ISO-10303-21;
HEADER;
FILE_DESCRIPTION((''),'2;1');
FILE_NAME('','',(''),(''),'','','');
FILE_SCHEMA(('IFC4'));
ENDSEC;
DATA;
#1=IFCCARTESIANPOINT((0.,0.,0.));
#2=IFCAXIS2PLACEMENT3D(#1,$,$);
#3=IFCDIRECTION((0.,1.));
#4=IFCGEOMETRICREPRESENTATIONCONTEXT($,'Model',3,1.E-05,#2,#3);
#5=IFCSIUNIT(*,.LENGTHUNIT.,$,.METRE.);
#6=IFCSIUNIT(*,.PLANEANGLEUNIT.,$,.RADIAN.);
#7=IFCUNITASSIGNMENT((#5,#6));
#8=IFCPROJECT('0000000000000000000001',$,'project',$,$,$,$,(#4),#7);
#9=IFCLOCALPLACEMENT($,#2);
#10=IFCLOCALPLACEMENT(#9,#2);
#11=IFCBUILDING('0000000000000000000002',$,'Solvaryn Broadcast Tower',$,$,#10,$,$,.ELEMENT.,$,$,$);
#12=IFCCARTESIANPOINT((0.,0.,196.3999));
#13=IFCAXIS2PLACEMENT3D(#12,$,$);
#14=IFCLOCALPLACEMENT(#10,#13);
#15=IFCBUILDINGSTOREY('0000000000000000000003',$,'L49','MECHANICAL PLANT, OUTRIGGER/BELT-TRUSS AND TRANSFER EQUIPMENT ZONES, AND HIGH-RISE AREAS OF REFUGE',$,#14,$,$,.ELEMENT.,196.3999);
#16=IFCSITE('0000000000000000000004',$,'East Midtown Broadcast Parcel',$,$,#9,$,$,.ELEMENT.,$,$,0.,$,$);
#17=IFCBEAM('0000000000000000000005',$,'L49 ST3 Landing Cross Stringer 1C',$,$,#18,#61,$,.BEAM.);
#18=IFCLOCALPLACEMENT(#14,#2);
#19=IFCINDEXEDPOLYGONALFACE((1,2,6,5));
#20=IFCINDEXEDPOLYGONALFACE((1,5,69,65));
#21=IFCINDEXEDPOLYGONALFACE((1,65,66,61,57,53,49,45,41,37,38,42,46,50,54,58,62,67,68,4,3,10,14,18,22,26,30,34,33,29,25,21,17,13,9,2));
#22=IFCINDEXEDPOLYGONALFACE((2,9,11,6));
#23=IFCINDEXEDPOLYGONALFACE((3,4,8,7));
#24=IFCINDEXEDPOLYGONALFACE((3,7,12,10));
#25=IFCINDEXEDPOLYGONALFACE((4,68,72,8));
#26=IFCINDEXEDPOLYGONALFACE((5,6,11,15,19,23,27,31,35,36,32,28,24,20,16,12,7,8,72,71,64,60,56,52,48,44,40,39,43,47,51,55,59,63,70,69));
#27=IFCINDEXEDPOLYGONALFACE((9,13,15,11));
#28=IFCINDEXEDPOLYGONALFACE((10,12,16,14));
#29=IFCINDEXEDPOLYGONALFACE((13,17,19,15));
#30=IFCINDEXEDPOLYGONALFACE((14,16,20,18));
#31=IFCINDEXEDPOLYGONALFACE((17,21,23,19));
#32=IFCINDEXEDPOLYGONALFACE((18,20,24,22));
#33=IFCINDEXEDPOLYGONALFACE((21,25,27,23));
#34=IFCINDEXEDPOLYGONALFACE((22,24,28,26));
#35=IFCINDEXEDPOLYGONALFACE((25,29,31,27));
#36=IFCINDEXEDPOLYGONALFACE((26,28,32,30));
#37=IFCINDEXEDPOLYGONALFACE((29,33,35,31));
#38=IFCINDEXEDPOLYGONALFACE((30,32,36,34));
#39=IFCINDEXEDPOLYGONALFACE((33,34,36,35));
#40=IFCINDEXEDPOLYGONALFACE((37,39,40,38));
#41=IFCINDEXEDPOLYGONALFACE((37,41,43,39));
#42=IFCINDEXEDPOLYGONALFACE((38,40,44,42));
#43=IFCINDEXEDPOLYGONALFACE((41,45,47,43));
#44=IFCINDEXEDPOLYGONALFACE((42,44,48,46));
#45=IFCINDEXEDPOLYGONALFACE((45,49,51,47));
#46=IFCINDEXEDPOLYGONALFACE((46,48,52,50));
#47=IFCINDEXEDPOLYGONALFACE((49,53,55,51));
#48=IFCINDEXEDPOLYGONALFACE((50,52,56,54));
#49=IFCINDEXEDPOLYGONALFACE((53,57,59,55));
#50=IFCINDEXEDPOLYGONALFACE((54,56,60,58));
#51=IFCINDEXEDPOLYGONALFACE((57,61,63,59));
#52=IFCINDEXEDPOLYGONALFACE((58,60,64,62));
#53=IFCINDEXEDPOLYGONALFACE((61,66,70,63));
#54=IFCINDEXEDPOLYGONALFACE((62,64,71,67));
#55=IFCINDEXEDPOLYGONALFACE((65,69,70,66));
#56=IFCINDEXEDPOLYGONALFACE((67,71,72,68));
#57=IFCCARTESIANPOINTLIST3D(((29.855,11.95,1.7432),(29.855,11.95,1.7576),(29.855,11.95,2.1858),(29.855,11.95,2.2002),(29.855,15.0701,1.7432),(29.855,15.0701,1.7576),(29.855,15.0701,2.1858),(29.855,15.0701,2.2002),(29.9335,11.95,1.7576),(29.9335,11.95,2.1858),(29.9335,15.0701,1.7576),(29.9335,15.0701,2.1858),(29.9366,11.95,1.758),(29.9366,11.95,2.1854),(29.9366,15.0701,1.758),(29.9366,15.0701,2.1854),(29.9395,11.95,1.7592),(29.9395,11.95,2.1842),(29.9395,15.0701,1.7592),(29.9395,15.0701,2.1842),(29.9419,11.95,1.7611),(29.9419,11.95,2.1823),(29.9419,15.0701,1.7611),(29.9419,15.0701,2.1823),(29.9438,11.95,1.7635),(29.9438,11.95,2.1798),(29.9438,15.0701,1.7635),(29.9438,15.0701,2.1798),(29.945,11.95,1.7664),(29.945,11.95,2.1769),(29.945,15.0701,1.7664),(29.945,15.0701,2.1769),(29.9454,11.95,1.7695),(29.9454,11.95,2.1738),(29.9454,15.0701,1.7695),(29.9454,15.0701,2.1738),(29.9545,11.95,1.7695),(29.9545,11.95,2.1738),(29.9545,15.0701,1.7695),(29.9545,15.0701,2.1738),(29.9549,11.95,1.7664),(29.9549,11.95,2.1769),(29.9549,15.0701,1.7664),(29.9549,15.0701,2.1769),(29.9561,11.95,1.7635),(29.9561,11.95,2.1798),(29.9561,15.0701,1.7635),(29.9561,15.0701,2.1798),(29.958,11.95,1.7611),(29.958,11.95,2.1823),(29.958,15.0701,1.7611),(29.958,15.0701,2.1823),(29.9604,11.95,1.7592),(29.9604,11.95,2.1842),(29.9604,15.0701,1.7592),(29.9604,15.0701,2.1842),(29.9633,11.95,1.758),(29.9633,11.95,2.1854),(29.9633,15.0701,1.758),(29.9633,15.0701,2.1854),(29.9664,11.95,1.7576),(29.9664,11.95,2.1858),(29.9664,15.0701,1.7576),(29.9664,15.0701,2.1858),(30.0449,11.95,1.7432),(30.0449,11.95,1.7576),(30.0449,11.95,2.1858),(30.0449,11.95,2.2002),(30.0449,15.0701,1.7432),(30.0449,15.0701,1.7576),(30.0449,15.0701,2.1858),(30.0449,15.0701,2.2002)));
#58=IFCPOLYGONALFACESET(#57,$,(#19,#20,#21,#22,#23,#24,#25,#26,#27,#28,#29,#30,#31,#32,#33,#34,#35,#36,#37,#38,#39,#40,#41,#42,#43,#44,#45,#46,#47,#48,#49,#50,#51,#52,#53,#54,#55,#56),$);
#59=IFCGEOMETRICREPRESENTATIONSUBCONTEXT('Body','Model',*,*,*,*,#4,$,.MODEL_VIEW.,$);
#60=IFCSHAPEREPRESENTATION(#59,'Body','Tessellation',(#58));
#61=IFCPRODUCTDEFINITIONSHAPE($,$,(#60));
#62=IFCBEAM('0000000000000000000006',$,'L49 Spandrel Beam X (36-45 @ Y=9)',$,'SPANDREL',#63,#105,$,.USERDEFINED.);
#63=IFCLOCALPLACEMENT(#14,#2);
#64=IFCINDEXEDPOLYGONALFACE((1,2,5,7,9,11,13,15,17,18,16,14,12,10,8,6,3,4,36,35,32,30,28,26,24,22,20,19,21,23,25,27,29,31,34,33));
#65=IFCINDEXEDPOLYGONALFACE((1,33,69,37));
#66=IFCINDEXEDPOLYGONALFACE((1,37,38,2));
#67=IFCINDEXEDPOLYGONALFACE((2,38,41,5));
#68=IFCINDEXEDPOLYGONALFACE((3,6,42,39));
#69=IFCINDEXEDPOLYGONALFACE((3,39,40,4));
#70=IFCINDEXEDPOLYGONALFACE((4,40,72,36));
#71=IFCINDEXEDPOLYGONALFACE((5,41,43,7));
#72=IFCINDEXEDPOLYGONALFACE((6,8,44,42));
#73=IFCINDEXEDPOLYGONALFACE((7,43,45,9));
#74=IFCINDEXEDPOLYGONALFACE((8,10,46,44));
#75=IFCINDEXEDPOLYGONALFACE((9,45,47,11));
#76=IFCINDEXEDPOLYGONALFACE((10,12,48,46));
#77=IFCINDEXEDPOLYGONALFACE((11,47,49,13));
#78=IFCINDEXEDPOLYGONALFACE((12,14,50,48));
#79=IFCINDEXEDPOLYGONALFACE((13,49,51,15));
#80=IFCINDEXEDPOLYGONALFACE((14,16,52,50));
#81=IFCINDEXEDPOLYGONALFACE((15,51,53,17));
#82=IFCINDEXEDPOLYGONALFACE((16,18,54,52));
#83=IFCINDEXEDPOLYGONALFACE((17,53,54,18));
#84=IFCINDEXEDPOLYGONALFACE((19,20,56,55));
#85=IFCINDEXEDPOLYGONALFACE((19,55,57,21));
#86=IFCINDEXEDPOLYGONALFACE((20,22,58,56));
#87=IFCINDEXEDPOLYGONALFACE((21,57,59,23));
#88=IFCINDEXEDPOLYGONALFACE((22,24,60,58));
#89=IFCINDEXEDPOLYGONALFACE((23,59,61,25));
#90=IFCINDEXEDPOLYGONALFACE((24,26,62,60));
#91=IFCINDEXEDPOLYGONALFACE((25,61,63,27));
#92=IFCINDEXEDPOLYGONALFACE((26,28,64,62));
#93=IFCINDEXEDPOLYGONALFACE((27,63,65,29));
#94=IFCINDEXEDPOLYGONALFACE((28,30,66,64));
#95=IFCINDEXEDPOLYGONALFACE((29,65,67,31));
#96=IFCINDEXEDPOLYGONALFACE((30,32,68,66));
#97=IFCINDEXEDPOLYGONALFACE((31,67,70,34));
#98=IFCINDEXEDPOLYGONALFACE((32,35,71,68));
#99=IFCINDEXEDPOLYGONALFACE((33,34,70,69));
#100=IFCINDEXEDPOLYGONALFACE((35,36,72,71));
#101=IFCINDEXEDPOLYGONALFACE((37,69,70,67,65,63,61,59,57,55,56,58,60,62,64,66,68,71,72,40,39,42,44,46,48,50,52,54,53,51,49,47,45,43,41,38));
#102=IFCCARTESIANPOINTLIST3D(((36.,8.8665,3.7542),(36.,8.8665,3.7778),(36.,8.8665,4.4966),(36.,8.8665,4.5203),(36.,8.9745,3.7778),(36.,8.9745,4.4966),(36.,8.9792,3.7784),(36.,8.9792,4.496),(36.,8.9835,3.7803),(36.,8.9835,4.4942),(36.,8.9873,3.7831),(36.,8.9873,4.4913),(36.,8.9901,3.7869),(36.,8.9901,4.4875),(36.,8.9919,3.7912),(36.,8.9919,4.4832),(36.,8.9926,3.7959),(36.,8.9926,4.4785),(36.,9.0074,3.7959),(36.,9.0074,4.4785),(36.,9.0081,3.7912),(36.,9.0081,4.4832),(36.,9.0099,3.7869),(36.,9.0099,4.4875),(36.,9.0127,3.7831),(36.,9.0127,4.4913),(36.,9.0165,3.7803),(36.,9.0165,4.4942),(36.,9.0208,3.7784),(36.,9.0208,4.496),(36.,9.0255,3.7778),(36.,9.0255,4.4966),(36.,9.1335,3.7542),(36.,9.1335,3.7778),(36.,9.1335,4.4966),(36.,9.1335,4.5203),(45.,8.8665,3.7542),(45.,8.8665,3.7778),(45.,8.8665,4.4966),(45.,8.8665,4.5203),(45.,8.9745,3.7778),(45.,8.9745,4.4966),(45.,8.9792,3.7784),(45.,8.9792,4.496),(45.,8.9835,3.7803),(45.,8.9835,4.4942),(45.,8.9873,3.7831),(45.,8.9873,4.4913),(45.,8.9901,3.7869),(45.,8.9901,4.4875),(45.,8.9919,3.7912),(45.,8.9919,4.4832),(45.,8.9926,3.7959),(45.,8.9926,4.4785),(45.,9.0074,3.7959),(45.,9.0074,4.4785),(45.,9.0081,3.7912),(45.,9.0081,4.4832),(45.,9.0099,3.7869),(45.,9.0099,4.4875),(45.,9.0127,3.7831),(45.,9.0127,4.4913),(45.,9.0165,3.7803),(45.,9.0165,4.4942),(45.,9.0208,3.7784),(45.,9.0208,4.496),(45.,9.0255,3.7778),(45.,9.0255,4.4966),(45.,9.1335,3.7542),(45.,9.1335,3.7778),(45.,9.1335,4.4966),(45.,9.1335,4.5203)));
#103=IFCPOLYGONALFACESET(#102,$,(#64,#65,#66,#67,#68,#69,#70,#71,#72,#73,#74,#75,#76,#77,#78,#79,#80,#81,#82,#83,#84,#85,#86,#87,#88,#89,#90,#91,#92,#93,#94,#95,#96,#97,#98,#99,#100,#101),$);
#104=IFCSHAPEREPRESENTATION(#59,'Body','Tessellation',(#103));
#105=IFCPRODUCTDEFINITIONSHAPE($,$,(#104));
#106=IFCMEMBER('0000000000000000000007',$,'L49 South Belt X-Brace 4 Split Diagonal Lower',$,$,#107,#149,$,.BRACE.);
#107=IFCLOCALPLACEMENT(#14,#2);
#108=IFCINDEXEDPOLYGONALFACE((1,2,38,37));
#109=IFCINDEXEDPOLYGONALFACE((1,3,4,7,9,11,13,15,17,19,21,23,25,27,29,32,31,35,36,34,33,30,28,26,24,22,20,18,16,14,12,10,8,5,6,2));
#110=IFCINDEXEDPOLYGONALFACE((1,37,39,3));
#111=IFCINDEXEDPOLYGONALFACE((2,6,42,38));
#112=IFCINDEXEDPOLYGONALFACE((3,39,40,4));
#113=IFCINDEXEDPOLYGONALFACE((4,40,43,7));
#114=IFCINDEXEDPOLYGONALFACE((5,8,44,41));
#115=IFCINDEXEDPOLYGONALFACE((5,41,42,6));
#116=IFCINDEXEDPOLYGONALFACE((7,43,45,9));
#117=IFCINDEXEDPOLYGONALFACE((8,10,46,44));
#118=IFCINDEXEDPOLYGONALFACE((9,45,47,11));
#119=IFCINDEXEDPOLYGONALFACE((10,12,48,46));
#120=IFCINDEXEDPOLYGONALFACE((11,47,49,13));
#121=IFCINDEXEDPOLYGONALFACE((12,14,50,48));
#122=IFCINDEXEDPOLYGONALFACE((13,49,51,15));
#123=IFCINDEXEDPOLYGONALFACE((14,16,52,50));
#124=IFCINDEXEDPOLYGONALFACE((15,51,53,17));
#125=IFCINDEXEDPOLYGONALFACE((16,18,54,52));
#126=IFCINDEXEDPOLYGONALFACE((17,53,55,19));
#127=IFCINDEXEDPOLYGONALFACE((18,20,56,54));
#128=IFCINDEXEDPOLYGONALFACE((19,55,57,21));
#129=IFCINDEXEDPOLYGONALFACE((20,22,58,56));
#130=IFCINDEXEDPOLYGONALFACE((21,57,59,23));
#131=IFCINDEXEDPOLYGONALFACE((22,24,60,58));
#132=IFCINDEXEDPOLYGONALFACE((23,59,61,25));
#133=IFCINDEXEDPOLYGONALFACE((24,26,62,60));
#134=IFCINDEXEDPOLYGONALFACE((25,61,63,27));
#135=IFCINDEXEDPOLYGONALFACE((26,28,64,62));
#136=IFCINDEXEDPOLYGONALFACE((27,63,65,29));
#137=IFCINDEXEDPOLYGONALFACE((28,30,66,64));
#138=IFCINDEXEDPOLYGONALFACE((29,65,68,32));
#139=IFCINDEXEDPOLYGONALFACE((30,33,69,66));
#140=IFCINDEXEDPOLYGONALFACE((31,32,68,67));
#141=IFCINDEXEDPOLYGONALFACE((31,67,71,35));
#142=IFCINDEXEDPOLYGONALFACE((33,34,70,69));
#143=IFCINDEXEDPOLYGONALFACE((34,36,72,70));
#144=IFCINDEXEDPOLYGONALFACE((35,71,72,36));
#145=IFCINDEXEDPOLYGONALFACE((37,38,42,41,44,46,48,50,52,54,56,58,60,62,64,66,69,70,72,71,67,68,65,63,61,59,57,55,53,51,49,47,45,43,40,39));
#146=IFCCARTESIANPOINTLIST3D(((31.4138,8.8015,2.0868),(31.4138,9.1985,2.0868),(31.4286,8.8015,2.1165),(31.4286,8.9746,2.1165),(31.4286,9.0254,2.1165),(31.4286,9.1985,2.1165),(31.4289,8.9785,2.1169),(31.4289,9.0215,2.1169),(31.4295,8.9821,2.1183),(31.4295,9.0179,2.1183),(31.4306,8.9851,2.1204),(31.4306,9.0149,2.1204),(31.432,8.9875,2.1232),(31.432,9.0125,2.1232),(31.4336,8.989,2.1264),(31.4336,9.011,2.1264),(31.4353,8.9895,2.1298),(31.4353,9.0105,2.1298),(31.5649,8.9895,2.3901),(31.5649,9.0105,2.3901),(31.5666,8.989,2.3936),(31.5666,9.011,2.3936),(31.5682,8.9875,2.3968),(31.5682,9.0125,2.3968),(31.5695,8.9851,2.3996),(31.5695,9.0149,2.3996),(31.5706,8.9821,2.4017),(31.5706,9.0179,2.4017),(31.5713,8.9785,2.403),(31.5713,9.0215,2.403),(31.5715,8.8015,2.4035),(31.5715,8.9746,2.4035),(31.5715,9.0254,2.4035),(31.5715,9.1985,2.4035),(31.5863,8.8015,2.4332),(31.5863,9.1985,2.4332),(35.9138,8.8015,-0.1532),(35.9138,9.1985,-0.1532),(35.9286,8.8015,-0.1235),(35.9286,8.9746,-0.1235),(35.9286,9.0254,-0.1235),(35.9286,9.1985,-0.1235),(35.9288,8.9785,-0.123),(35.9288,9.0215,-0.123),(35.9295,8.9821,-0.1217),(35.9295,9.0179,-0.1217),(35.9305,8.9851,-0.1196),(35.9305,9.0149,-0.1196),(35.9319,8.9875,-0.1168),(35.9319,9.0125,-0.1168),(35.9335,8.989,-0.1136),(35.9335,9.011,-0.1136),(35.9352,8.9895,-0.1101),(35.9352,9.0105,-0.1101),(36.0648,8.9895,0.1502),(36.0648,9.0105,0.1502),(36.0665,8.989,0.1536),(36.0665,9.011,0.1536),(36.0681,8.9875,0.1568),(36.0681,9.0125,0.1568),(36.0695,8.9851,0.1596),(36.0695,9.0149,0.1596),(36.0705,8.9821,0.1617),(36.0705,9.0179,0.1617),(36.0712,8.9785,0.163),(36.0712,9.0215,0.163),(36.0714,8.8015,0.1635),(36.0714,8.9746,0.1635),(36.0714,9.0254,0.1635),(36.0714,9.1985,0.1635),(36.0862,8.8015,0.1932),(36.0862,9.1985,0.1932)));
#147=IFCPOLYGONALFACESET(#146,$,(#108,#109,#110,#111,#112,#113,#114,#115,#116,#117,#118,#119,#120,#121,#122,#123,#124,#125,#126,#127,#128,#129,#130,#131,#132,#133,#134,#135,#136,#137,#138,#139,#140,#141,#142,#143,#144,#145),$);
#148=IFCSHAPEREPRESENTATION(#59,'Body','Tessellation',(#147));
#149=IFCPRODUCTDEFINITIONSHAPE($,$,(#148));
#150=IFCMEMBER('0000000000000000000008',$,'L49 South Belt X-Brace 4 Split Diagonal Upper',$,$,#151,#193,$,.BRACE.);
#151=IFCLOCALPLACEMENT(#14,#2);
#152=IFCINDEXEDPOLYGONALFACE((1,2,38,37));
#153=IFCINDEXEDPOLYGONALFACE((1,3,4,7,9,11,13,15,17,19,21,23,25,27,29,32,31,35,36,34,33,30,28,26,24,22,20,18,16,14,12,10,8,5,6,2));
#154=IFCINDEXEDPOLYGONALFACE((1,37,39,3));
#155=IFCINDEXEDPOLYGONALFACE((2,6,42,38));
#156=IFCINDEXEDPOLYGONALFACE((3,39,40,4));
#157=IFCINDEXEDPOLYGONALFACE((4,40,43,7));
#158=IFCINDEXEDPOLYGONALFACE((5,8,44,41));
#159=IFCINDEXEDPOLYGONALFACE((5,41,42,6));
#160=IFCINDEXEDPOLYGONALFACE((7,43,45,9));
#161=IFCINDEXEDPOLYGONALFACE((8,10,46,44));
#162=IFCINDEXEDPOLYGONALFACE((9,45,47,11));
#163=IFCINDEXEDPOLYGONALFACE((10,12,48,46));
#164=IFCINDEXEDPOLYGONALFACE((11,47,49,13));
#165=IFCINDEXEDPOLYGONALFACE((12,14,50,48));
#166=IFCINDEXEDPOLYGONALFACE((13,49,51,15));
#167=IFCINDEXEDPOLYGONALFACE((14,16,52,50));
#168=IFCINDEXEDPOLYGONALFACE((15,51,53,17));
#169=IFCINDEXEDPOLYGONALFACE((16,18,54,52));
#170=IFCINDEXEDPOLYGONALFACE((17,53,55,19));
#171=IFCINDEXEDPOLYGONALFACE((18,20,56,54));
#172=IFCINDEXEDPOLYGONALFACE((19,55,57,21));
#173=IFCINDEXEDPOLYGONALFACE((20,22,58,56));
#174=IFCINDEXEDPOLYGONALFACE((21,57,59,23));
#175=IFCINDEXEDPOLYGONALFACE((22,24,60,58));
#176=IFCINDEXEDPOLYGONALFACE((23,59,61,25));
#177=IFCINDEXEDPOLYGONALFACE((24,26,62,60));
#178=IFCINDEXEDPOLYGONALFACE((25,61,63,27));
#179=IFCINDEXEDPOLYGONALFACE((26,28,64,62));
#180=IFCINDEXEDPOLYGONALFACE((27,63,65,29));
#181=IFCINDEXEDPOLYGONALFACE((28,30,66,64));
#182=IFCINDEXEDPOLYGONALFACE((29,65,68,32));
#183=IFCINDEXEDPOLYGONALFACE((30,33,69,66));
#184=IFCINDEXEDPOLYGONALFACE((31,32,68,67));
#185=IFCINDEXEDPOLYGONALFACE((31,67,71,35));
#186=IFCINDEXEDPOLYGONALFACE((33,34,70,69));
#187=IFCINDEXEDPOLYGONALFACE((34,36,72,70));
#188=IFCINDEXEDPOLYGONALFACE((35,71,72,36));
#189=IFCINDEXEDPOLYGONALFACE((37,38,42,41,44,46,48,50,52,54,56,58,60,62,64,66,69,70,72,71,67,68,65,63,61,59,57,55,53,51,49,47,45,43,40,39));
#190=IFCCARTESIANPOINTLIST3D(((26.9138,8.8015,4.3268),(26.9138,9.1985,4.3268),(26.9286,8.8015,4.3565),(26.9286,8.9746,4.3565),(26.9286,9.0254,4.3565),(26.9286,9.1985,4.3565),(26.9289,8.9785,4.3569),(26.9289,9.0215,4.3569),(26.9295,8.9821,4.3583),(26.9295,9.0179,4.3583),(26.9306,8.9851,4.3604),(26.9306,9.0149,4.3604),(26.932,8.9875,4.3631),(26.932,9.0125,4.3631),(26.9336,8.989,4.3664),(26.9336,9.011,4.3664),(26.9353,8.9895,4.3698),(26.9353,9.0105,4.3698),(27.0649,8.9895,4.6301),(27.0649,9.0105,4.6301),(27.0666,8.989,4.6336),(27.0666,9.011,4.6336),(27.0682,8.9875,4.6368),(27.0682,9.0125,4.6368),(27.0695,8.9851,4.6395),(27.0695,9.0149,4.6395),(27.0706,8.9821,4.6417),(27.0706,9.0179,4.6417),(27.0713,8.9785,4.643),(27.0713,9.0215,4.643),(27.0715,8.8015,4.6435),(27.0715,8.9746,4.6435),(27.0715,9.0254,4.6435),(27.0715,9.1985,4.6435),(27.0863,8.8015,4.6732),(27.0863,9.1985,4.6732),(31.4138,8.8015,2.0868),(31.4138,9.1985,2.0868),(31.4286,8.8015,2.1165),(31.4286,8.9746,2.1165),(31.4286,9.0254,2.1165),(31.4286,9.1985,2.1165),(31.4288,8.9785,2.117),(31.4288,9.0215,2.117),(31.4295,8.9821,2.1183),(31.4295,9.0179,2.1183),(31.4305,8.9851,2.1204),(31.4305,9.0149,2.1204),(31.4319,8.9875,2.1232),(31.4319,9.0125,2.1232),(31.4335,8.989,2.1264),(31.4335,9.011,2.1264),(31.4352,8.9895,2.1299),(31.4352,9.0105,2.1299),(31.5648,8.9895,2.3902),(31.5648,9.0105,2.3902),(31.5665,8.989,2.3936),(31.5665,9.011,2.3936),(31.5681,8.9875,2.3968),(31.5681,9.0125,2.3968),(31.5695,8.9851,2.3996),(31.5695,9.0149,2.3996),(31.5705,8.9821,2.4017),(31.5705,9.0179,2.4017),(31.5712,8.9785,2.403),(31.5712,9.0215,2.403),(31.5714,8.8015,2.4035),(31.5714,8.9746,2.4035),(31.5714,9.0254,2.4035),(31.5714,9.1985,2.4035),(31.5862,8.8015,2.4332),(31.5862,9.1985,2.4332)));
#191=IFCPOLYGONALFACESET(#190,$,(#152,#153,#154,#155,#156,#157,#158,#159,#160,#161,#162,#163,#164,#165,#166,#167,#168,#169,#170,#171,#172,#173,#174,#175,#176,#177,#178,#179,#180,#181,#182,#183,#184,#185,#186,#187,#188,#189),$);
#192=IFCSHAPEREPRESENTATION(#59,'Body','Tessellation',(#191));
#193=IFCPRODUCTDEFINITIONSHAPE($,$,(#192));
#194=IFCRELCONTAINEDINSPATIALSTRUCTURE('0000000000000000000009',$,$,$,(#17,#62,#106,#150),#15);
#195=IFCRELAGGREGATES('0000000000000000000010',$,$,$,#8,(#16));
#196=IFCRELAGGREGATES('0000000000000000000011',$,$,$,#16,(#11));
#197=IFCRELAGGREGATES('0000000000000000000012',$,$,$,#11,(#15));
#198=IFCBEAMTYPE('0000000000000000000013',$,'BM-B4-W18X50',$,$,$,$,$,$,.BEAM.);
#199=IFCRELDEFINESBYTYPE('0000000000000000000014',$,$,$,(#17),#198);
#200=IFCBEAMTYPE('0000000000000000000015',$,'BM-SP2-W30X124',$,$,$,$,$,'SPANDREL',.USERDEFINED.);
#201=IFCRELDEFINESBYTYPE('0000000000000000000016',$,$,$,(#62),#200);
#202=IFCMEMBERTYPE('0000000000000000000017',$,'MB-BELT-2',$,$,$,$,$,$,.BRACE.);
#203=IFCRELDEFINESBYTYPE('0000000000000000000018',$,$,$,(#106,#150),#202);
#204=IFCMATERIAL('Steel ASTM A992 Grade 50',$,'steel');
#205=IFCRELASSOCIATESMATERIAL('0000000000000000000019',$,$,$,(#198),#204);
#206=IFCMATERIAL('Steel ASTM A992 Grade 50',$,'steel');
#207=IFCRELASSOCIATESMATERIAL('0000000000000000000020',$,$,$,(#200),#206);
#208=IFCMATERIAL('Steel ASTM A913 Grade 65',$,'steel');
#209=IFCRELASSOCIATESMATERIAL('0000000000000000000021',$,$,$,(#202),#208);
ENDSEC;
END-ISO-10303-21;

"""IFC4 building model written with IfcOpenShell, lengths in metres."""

from ifc_helpers import new_model, si_unit, direction, frame, origin, origin_2d, place, context, subcontext, project, spatial, i_section, extrude, material, material_profile, profile_set, type_object, element, save


model = new_model("IFC4")

# Units and contexts
model_context = context("Model", 3, precision=1e-05, world=origin(), true_north=direction((0.0, 1.0)))
body_context = subcontext(model_context, "Body", "Model", "MODEL_VIEW")
ifc_project = project(units=[si_unit("LENGTHUNIT", "METRE"), si_unit("PLANEANGLEUNIT", "RADIAN")], contexts=[model_context])

# Site, building, storey
site_placement = place(None, origin())
site = spatial("IfcSite", under=ifc_project, at=site_placement, Name="East Midtown Broadcast Parcel", CompositionType="ELEMENT", RefElevation=0.0)
building_placement = place(site_placement, origin())
building = spatial("IfcBuilding", under=site, at=building_placement, Name="Solvaryn Broadcast Tower", CompositionType="ELEMENT")
storey_placement = place(building_placement, frame((0.0, 0.0, 196.3999)))
storey = spatial("IfcBuildingStorey", under=building, at=storey_placement, Name="L49", Description="MECHANICAL PLANT, OUTRIGGER/BELT-TRUSS AND TRANSFER EQUIPMENT ZONES, AND HIGH-RISE AREAS OF REFUGE", CompositionType="ELEMENT", Elevation=196.3999)

# Beams
ifc_material_1 = material(Name="Steel ASTM A992 Grade 50", Category="steel")
ifc_material_profile_1 = material_profile(ifc_material_1, i_section(OverallWidth=0.1899, OverallDepth=0.457, WebThickness=0.009, FlangeThickness=0.0144, FilletRadius=0.012, at=origin_2d()))
ifc_profile_set_1 = profile_set([ifc_material_profile_1], Name="Steel ASTM A992 Grade 50")
beam_type_1 = type_object("IfcBeamType", Name="BM-B4-W18X50", PredefinedType="BEAM", material=ifc_profile_set_1)
beam_1_placement = place(storey_placement, frame((29.95, 11.95, 1.9717), z_axis=(0.0, 1.0, 0.0), x_axis=(-1.0, 0.0, 0.0)))
element("IfcBeam", 1, at=beam_1_placement, inside=storey, type_object=beam_type_1, Name="L49 ST3 Landing Cross Stringer 1C", PredefinedType="BEAM", context=body_context, shape_type="SweptSolid", body=[
    extrude(i_section(OverallWidth=0.1899, OverallDepth=0.457, WebThickness=0.009, FlangeThickness=0.0144, FilletRadius=0.012, at=origin_2d()), origin(), (0.0, 0.0, 1.0), 3.1201),
])
ifc_material_2 = material(Name="Steel ASTM A992 Grade 50", Category="steel")
ifc_material_profile_2 = material_profile(ifc_material_2, i_section(OverallWidth=0.2671, OverallDepth=0.7661, WebThickness=0.0149, FlangeThickness=0.0237, FilletRadius=0.0181, at=origin_2d()))
ifc_profile_set_2 = profile_set([ifc_material_profile_2], Name="Steel ASTM A992 Grade 50")
beam_type_2 = type_object("IfcBeamType", Name="BM-SP2-W30X124", ElementType="SPANDREL", PredefinedType="USERDEFINED", material=ifc_profile_set_2)
beam_2_placement = place(storey_placement, frame((36.0, 9.0, 4.1372), z_axis=(1.0, 0.0, 0.0), x_axis=(0.0, 1.0, 0.0)))
element("IfcBeam", 2, at=beam_2_placement, inside=storey, type_object=beam_type_2, Name="L49 Spandrel Beam X (36-45 @ Y=9)", ObjectType="SPANDREL", PredefinedType="USERDEFINED", context=body_context, shape_type="SweptSolid", body=[
    extrude(i_section(OverallWidth=0.2671, OverallDepth=0.7661, WebThickness=0.0149, FlangeThickness=0.0237, FilletRadius=0.0181, at=origin_2d()), origin(), (0.0, 0.0, 1.0), 9.0),
])

# Members
ifc_material_3 = material(Name="Steel ASTM A913 Grade 65", Category="steel")
ifc_material_profile_3 = material_profile(ifc_material_3, i_section(OverallWidth=0.397, OverallDepth=0.387, WebThickness=0.021, FlangeThickness=0.0332, FilletRadius=0.0149, at=origin_2d()))
ifc_profile_set_3 = profile_set([ifc_material_profile_3], Name="Steel ASTM A913 Grade 65")
member_type_1 = type_object("IfcMemberType", Name="MB-BELT-2", PredefinedType="BRACE", material=ifc_profile_set_3)
for number, where, z_axis, x_axis, name in (
    (3, (36.0, 9.0, 0.02), (-0.895222, 0.0, 0.44562), (0.0, -1.0, 0.0), "L49 South Belt X-Brace 4 Split Diagonal Lower"),
    (4, (31.5, 9.0, 2.26), (-0.895222, 0.0, 0.44562), (0.0, -1.0, 0.0), "L49 South Belt X-Brace 4 Split Diagonal Upper"),
):
    element("IfcMember", number, at=place(storey_placement, frame(where, z_axis=z_axis, x_axis=x_axis)), inside=storey, type_object=member_type_1, Name=name, PredefinedType="BRACE", context=body_context, shape_type="SweptSolid", body=[
        extrude(i_section(OverallWidth=0.397, OverallDepth=0.387, WebThickness=0.021, FlangeThickness=0.0332, FilletRadius=0.0149, at=origin_2d()), origin(), (0.0, 0.0, 1.0), 5.0266),
    ])

save(model, "model.ifc")
